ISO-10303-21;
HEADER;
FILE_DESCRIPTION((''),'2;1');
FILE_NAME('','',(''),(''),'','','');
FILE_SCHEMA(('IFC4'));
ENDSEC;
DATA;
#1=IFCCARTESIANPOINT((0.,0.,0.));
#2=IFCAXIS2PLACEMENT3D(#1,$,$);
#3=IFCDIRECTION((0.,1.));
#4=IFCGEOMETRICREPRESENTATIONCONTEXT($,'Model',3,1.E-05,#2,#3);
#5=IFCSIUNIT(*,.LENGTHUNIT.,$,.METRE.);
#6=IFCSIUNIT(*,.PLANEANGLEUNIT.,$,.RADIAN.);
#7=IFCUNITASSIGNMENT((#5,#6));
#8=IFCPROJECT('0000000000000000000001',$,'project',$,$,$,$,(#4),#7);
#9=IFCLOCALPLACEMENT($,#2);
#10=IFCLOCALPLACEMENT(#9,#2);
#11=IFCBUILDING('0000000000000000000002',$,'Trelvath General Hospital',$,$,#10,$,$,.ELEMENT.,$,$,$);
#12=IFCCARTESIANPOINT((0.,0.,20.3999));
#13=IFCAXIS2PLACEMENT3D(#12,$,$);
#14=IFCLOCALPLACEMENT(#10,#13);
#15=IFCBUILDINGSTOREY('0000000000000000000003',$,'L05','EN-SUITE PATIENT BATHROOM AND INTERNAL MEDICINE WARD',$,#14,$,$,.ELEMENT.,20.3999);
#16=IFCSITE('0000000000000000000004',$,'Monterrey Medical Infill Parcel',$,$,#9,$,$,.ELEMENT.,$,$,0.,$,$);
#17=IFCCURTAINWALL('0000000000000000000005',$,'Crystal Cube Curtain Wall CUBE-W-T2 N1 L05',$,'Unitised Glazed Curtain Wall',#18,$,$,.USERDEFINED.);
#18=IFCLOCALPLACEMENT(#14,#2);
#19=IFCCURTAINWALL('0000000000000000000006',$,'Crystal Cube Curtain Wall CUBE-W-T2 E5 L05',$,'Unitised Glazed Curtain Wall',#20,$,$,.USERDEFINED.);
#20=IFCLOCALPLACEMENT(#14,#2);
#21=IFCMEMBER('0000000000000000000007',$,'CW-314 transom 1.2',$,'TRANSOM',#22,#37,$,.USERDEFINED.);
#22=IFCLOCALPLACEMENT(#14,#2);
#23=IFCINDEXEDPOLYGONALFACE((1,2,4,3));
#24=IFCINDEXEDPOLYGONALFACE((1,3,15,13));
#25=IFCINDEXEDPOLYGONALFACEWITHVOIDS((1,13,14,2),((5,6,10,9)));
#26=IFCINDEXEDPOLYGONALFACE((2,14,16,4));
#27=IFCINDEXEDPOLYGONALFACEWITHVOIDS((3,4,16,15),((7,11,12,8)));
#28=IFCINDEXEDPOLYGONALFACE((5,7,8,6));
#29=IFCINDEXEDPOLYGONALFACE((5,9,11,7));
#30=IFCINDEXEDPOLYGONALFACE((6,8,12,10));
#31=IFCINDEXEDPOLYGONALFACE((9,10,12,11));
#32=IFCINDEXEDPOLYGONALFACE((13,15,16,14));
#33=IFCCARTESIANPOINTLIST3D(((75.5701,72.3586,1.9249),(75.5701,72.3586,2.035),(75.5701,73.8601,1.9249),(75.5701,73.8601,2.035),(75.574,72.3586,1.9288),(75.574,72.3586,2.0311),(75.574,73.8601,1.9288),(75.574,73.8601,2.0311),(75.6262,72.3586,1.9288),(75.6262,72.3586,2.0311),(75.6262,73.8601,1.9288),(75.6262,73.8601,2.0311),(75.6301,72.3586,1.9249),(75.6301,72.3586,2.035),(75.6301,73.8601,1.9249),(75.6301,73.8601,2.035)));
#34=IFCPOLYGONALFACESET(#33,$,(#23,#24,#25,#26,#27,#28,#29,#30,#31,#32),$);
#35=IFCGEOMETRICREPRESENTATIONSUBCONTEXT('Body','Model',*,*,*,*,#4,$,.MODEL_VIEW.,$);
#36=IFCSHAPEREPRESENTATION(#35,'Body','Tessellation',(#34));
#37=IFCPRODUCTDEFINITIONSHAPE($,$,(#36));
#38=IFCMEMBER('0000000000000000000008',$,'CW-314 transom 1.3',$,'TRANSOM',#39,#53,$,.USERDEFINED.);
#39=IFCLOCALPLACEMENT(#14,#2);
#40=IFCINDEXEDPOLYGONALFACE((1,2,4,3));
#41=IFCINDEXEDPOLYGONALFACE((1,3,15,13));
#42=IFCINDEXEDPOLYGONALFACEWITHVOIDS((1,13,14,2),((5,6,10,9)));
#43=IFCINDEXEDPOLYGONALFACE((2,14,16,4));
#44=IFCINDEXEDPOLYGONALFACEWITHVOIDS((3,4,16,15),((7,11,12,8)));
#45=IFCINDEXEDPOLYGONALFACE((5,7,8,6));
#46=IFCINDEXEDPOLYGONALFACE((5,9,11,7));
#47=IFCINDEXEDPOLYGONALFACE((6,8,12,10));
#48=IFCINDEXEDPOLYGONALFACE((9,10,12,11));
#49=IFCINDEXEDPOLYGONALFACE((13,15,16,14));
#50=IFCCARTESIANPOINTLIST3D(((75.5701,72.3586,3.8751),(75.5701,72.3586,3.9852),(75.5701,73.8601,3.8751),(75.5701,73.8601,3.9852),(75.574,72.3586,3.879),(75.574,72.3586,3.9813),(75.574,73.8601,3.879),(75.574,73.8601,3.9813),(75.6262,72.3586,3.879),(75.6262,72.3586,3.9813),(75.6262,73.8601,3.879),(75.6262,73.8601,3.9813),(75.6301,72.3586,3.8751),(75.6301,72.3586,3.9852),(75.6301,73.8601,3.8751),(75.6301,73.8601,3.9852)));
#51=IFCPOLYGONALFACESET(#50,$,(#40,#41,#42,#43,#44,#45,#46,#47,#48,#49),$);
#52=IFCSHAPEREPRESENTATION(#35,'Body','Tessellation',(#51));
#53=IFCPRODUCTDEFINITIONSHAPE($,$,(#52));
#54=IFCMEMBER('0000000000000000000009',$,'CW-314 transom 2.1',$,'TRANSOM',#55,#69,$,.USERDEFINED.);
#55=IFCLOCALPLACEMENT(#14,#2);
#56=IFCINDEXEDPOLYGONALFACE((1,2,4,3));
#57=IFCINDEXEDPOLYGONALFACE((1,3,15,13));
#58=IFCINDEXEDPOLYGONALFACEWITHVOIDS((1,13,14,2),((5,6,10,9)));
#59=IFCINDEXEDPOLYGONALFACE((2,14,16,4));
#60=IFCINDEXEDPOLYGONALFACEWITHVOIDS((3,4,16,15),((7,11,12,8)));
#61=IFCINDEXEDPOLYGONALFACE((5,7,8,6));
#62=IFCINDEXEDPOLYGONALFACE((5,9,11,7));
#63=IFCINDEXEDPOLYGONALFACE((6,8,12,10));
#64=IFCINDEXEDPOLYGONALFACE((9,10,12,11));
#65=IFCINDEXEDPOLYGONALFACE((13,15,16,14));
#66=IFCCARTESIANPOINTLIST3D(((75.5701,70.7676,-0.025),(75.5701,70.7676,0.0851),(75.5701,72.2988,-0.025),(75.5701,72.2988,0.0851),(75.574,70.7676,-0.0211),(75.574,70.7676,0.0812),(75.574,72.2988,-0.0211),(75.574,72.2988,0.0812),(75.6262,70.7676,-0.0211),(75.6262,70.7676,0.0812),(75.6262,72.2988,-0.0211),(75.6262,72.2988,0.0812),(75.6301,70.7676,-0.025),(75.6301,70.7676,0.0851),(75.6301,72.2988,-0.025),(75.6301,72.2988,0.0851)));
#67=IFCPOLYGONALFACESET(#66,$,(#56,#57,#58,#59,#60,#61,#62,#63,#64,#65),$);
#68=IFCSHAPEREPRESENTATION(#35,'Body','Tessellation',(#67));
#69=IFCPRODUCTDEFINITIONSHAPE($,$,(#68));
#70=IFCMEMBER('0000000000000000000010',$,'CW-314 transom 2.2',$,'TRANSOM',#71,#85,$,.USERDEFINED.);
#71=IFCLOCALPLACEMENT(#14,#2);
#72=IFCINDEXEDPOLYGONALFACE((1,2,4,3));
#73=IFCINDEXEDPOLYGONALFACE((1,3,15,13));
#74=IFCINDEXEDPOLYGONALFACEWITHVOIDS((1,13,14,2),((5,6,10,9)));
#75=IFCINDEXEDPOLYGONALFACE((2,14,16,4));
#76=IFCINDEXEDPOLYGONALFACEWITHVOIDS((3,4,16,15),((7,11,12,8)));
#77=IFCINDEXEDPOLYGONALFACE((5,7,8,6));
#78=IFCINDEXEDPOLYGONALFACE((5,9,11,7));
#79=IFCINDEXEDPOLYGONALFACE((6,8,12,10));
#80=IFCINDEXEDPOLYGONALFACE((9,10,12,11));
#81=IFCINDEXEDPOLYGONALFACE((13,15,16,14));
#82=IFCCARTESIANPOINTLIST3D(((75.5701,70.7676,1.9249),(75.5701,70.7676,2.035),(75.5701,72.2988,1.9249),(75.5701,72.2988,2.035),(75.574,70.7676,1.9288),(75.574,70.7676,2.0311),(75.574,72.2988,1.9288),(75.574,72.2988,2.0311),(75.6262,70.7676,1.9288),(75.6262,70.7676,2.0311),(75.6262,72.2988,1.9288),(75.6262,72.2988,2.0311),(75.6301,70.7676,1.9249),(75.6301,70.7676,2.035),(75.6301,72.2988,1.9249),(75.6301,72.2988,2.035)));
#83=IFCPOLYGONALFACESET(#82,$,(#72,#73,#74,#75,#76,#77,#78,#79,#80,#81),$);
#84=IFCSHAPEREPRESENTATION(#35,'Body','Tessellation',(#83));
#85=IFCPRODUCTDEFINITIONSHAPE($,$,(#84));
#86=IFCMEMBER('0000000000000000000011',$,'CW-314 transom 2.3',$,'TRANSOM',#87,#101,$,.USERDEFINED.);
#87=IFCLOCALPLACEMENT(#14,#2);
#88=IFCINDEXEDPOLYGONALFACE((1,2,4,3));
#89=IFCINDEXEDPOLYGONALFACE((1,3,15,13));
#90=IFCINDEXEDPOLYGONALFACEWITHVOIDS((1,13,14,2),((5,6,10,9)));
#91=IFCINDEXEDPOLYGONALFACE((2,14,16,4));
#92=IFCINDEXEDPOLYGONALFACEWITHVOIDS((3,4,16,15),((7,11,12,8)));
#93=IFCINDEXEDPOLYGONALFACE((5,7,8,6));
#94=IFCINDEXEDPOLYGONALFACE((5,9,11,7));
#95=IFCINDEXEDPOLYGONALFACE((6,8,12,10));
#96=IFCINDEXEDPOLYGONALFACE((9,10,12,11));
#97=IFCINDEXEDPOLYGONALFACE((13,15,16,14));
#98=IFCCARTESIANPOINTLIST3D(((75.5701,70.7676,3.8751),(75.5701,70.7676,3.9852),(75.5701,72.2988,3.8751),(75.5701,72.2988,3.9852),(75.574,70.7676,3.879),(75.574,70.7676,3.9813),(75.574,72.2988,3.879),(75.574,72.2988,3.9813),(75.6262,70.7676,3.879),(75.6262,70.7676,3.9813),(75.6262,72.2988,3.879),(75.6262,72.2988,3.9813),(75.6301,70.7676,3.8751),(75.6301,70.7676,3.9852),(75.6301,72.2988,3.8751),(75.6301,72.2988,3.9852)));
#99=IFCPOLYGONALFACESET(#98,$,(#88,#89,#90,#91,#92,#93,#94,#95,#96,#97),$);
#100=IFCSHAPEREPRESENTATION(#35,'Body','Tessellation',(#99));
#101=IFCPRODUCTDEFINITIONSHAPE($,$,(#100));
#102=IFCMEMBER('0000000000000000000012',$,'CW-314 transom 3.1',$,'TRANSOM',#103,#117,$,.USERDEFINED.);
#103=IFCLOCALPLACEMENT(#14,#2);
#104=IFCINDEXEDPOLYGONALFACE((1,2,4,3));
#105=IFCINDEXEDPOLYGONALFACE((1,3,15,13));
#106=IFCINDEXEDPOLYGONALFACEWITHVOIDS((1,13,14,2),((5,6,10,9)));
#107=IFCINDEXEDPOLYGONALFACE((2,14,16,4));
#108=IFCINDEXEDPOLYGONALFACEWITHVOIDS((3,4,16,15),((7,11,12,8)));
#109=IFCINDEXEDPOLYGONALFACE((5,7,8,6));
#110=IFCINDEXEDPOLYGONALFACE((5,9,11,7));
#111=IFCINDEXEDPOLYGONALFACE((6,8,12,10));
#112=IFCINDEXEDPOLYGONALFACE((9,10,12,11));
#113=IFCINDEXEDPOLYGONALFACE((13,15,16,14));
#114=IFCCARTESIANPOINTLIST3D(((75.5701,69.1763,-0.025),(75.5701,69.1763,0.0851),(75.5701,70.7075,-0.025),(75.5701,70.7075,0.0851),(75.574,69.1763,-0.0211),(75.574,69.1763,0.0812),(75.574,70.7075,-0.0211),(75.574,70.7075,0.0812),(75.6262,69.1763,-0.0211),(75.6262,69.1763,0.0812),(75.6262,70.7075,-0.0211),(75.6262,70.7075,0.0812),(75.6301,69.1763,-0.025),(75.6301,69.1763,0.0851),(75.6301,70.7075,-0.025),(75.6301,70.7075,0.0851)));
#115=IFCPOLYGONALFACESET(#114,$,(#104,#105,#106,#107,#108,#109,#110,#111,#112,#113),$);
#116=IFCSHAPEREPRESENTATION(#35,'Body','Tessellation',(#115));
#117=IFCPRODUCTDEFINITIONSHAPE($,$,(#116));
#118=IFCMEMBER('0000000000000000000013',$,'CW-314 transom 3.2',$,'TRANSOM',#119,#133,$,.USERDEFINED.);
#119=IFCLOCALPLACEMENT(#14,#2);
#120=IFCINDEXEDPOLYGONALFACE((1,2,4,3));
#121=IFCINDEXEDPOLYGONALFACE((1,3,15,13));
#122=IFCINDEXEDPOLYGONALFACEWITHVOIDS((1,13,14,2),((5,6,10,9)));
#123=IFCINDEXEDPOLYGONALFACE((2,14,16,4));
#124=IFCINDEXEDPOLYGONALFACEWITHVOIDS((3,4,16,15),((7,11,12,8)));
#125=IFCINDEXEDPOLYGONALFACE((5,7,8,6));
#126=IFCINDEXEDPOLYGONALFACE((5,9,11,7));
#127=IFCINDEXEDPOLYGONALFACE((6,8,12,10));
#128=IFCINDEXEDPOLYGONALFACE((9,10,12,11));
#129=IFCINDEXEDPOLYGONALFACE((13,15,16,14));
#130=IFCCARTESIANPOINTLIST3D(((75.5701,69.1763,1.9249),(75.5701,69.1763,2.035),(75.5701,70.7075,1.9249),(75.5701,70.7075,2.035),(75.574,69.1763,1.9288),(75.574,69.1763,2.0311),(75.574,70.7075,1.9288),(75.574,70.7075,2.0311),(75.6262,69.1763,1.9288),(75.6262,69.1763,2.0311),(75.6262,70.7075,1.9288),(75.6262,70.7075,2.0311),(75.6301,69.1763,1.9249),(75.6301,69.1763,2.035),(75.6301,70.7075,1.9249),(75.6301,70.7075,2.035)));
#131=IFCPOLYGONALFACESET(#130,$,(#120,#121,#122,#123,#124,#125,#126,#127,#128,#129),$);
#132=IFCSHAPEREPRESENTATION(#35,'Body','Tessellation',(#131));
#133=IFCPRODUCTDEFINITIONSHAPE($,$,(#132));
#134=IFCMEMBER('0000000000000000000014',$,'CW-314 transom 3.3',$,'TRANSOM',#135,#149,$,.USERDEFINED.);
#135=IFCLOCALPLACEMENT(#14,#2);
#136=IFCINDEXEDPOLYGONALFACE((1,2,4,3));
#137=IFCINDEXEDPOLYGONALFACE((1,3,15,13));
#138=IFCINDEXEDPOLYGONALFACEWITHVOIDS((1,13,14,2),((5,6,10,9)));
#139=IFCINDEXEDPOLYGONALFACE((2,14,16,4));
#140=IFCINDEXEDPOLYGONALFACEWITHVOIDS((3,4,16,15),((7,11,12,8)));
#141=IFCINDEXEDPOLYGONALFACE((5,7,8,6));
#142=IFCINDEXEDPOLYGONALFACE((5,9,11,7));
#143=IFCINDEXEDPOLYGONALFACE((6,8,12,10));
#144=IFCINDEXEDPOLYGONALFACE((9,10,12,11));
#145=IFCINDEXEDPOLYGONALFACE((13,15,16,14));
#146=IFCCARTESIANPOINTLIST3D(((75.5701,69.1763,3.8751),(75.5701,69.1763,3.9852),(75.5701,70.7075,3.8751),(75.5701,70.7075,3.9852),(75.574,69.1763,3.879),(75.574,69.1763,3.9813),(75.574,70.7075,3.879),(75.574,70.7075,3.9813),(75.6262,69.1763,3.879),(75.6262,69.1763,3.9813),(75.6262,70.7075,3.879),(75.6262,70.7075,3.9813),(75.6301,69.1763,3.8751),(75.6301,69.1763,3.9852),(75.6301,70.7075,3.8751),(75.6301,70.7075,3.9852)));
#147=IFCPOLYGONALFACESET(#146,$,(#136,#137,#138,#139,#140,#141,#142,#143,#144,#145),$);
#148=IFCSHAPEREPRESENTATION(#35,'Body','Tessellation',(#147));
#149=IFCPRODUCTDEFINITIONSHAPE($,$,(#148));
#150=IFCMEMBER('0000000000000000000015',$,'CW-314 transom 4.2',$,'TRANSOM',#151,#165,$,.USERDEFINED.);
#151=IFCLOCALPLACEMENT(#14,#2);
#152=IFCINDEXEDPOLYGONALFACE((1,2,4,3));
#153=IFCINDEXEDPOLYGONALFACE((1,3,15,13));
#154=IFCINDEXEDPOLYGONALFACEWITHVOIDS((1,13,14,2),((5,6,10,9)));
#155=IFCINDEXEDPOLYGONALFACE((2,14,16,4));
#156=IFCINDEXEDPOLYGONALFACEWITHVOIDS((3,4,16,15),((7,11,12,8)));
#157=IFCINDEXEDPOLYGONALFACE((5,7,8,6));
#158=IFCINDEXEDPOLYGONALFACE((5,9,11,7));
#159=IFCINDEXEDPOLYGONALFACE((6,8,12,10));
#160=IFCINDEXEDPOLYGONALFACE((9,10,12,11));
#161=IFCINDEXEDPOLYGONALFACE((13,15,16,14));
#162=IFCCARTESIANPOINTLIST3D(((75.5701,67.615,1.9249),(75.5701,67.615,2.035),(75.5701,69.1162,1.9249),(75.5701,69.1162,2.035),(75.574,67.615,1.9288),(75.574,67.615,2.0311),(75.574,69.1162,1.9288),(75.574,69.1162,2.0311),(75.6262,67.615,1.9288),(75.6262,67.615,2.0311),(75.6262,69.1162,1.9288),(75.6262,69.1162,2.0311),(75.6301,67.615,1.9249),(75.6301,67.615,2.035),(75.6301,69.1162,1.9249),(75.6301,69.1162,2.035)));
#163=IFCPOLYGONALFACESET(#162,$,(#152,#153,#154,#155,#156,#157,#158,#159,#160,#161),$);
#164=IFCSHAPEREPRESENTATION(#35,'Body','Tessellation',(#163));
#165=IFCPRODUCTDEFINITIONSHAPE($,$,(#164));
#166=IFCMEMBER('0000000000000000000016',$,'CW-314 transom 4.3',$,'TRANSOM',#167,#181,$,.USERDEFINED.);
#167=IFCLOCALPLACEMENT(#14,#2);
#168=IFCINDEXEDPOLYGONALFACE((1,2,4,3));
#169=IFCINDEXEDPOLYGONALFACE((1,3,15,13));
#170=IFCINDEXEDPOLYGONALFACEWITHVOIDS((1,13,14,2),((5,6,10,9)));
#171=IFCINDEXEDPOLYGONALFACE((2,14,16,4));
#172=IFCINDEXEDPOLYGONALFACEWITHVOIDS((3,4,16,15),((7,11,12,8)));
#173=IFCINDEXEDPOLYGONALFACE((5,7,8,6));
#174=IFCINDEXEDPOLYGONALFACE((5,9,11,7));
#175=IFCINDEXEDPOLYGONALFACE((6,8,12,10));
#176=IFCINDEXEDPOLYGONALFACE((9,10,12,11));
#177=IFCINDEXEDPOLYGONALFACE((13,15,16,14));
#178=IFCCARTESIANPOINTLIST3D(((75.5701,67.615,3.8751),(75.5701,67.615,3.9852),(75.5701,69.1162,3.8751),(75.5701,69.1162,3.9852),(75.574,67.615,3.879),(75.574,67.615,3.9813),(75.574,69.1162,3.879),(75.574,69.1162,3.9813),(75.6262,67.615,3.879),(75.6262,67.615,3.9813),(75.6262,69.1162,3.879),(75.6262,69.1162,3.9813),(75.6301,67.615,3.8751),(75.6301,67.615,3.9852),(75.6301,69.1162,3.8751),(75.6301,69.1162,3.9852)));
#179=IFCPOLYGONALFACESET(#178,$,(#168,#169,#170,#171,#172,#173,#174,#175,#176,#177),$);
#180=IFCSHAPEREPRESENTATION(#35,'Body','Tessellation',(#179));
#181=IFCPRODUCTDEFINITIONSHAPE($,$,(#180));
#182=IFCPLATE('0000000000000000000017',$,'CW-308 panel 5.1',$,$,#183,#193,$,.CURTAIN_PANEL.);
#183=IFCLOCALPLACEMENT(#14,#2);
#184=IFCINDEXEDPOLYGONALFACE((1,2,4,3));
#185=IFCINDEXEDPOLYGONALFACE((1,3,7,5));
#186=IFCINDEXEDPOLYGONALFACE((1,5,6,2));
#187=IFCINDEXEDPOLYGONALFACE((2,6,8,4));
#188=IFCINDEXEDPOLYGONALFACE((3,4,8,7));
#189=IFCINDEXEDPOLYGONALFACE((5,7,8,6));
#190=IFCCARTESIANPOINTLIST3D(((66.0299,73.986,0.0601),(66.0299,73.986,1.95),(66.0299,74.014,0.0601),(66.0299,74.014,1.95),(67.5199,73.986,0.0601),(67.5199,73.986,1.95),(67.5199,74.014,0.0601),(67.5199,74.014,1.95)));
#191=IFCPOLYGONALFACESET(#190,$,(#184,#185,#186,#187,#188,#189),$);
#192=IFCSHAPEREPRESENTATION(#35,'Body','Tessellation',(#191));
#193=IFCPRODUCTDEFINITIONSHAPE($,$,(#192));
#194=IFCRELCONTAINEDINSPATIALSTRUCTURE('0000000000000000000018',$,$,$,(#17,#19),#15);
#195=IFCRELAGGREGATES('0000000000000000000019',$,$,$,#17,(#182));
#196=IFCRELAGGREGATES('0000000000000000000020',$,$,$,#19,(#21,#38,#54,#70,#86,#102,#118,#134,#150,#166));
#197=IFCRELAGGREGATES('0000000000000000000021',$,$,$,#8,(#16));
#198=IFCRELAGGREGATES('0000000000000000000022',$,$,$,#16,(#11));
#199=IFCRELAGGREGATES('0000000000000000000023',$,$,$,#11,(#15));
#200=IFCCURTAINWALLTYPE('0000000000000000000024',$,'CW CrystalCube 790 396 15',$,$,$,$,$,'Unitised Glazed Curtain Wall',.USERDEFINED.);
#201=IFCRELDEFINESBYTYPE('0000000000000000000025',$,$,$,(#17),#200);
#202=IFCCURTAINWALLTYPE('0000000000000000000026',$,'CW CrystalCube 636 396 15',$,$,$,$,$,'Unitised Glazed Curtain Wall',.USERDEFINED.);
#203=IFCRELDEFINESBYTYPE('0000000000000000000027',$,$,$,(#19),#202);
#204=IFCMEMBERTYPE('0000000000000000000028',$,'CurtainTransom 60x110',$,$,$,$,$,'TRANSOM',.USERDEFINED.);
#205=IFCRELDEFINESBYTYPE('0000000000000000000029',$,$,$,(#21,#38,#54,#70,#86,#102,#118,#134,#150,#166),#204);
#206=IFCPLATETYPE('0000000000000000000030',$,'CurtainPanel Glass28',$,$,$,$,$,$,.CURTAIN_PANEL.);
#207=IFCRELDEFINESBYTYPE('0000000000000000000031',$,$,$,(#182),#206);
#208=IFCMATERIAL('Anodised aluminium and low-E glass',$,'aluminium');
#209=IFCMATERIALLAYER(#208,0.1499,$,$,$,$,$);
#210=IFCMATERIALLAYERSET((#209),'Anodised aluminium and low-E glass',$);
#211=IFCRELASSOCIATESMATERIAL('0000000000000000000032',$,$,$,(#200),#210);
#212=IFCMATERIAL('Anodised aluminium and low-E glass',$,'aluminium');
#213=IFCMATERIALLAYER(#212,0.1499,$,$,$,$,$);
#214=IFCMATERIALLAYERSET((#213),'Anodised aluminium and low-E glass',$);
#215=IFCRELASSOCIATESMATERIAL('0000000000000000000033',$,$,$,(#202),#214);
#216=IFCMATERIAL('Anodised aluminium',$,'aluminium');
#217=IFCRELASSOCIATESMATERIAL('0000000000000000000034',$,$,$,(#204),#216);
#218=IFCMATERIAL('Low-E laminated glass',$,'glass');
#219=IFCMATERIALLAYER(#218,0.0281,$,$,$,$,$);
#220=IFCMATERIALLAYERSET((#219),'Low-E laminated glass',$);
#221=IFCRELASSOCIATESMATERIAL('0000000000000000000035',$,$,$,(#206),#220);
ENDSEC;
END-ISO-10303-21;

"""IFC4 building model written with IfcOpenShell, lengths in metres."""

from ifc_helpers import new_model, si_unit, direction, frame, origin, origin_2d, place, context, subcontext, project, spatial, rectangle, hollow_rectangle, extrude, material, layer, layer_set, material_profile, profile_set, type_object, element, aggregate, save


model = new_model("IFC4")

# Units and contexts
model_context = context("Model", 3, precision=1e-05, world=origin(), true_north=direction((0.0, 1.0)))
body_context = subcontext(model_context, "Body", "Model", "MODEL_VIEW")
ifc_project = project(units=[si_unit("LENGTHUNIT", "METRE"), si_unit("PLANEANGLEUNIT", "RADIAN")], contexts=[model_context])

# Site, building, storey
site_placement = place(None, origin())
site = spatial("IfcSite", under=ifc_project, at=site_placement, Name="Monterrey Medical Infill Parcel", CompositionType="ELEMENT", RefElevation=0.0)
building_placement = place(site_placement, origin())
building = spatial("IfcBuilding", under=site, at=building_placement, Name="Trelvath General Hospital", CompositionType="ELEMENT")
storey_placement = place(building_placement, frame((0.0, 0.0, 20.3999)))
storey = spatial("IfcBuildingStorey", under=building, at=storey_placement, Name="L05", Description="EN-SUITE PATIENT BATHROOM AND INTERNAL MEDICINE WARD", CompositionType="ELEMENT", Elevation=20.3999)

# Curtain wall
ifc_material_1 = material(Name="Anodised aluminium and low-E glass", Category="aluminium")
ifc_layer_1 = layer(ifc_material_1, 0.1499)
ifc_layer_set_1 = layer_set([ifc_layer_1], Name="Anodised aluminium and low-E glass")
curtain_wall_type_1 = type_object("IfcCurtainWallType", Name="CW CrystalCube 790 396 15", ElementType="Unitised Glazed Curtain Wall", PredefinedType="USERDEFINED", material=ifc_layer_set_1)
curtain_wall_1_placement = place(storey_placement, origin())
curtain_wall_1 = element("IfcCurtainWall", 1, at=curtain_wall_1_placement, inside=storey, type_object=curtain_wall_type_1, Name="Crystal Cube Curtain Wall CUBE-W-T2 N1 L05", ObjectType="Unitised Glazed Curtain Wall", PredefinedType="USERDEFINED")

# Curtain wall
ifc_material_2 = material(Name="Anodised aluminium and low-E glass", Category="aluminium")
ifc_layer_2 = layer(ifc_material_2, 0.1499)
ifc_layer_set_2 = layer_set([ifc_layer_2], Name="Anodised aluminium and low-E glass")
curtain_wall_type_2 = type_object("IfcCurtainWallType", Name="CW CrystalCube 636 396 15", ElementType="Unitised Glazed Curtain Wall", PredefinedType="USERDEFINED", material=ifc_layer_set_2)
curtain_wall_2_placement = place(storey_placement, origin())
curtain_wall_2 = element("IfcCurtainWall", 2, at=curtain_wall_2_placement, inside=storey, type_object=curtain_wall_type_2, Name="Crystal Cube Curtain Wall CUBE-W-T2 E5 L05", ObjectType="Unitised Glazed Curtain Wall", PredefinedType="USERDEFINED")

# Members
ifc_material_3 = material(Name="Anodised aluminium", Category="aluminium")
ifc_material_profile_1 = material_profile(ifc_material_3, hollow_rectangle(XDim=0.0601, YDim=0.1101, WallThickness=0.0039, at=origin_2d()), Name="RHS60x110x4")
ifc_profile_set_1 = profile_set([ifc_material_profile_1], Name="Anodised aluminium")
member_type_1 = type_object("IfcMemberType", Name="CurtainTransom 60x110", ElementType="TRANSOM", PredefinedType="USERDEFINED", material=ifc_profile_set_1)
member_1_placement = place(storey_placement, frame((75.6001, 73.8601, 1.98), z_axis=(0.0, -1.0, 0.0), x_axis=(1.0, 0.0, 0.0)))
member_1 = element("IfcMember", 3, at=member_1_placement, type_object=member_type_1, Name="CW-314 transom 1.2", ObjectType="TRANSOM", PredefinedType="USERDEFINED", context=body_context, shape_type="SweptSolid", body=[
    extrude(hollow_rectangle(XDim=0.0601, YDim=0.1101, WallThickness=0.0039, at=origin_2d()), origin(), (0.0, 0.0, 1.0), 1.5015),
])
member_2_placement = place(storey_placement, frame((75.6001, 73.8601, 3.9302), z_axis=(0.0, -1.0, 0.0), x_axis=(1.0, 0.0, 0.0)))
member_2 = element("IfcMember", 4, at=member_2_placement, type_object=member_type_1, Name="CW-314 transom 1.3", ObjectType="TRANSOM", PredefinedType="USERDEFINED", context=body_context, shape_type="SweptSolid", body=[
    extrude(hollow_rectangle(XDim=0.0601, YDim=0.1101, WallThickness=0.0039, at=origin_2d()), origin(), (0.0, 0.0, 1.0), 1.5015),
])
member_3_placement = place(storey_placement, frame((75.6001, 72.2988, 0.03), z_axis=(0.0, -1.0, 0.0), x_axis=(1.0, 0.0, 0.0)))
member_3 = element("IfcMember", 5, at=member_3_placement, type_object=member_type_1, Name="CW-314 transom 2.1", ObjectType="TRANSOM", PredefinedType="USERDEFINED", context=body_context, shape_type="SweptSolid", body=[
    extrude(hollow_rectangle(XDim=0.0601, YDim=0.1101, WallThickness=0.0039, at=origin_2d()), origin(), (0.0, 0.0, 1.0), 1.5312),
])
member_4_placement = place(storey_placement, frame((75.6001, 72.2988, 1.98), z_axis=(0.0, -1.0, 0.0), x_axis=(1.0, 0.0, 0.0)))
member_4 = element("IfcMember", 6, at=member_4_placement, type_object=member_type_1, Name="CW-314 transom 2.2", ObjectType="TRANSOM", PredefinedType="USERDEFINED", context=body_context, shape_type="SweptSolid", body=[
    extrude(hollow_rectangle(XDim=0.0601, YDim=0.1101, WallThickness=0.0039, at=origin_2d()), origin(), (0.0, 0.0, 1.0), 1.5312),
])
member_5_placement = place(storey_placement, frame((75.6001, 72.2988, 3.9302), z_axis=(0.0, -1.0, 0.0), x_axis=(1.0, 0.0, 0.0)))
member_5 = element("IfcMember", 7, at=member_5_placement, type_object=member_type_1, Name="CW-314 transom 2.3", ObjectType="TRANSOM", PredefinedType="USERDEFINED", context=body_context, shape_type="SweptSolid", body=[
    extrude(hollow_rectangle(XDim=0.0601, YDim=0.1101, WallThickness=0.0039, at=origin_2d()), origin(), (0.0, 0.0, 1.0), 1.5312),
])
member_6_placement = place(storey_placement, frame((75.6001, 70.7075, 0.03), z_axis=(0.0, -1.0, 0.0), x_axis=(1.0, 0.0, 0.0)))
member_6 = element("IfcMember", 8, at=member_6_placement, type_object=member_type_1, Name="CW-314 transom 3.1", ObjectType="TRANSOM", PredefinedType="USERDEFINED", context=body_context, shape_type="SweptSolid", body=[
    extrude(hollow_rectangle(XDim=0.0601, YDim=0.1101, WallThickness=0.0039, at=origin_2d()), origin(), (0.0, 0.0, 1.0), 1.5312),
])
member_7_placement = place(storey_placement, frame((75.6001, 70.7075, 1.98), z_axis=(0.0, -1.0, 0.0), x_axis=(1.0, 0.0, 0.0)))
member_7 = element("IfcMember", 9, at=member_7_placement, type_object=member_type_1, Name="CW-314 transom 3.2", ObjectType="TRANSOM", PredefinedType="USERDEFINED", context=body_context, shape_type="SweptSolid", body=[
    extrude(hollow_rectangle(XDim=0.0601, YDim=0.1101, WallThickness=0.0039, at=origin_2d()), origin(), (0.0, 0.0, 1.0), 1.5312),
])
member_8_placement = place(storey_placement, frame((75.6001, 70.7075, 3.9302), z_axis=(0.0, -1.0, 0.0), x_axis=(1.0, 0.0, 0.0)))
member_8 = element("IfcMember", 10, at=member_8_placement, type_object=member_type_1, Name="CW-314 transom 3.3", ObjectType="TRANSOM", PredefinedType="USERDEFINED", context=body_context, shape_type="SweptSolid", body=[
    extrude(hollow_rectangle(XDim=0.0601, YDim=0.1101, WallThickness=0.0039, at=origin_2d()), origin(), (0.0, 0.0, 1.0), 1.5312),
])
member_9_placement = place(storey_placement, frame((75.6001, 69.1162, 1.98), z_axis=(0.0, -1.0, 0.0), x_axis=(1.0, 0.0, 0.0)))
member_9 = element("IfcMember", 11, at=member_9_placement, type_object=member_type_1, Name="CW-314 transom 4.2", ObjectType="TRANSOM", PredefinedType="USERDEFINED", context=body_context, shape_type="SweptSolid", body=[
    extrude(hollow_rectangle(XDim=0.0601, YDim=0.1101, WallThickness=0.0039, at=origin_2d()), origin(), (0.0, 0.0, 1.0), 1.5012),
])
member_10_placement = place(storey_placement, frame((75.6001, 69.1162, 3.9302), z_axis=(0.0, -1.0, 0.0), x_axis=(1.0, 0.0, 0.0)))
member_10 = element("IfcMember", 12, at=member_10_placement, type_object=member_type_1, Name="CW-314 transom 4.3", ObjectType="TRANSOM", PredefinedType="USERDEFINED", context=body_context, shape_type="SweptSolid", body=[
    extrude(hollow_rectangle(XDim=0.0601, YDim=0.1101, WallThickness=0.0039, at=origin_2d()), origin(), (0.0, 0.0, 1.0), 1.5012),
])

# Plate
ifc_material_4 = material(Name="Low-E laminated glass", Category="glass")
ifc_layer_3 = layer(ifc_material_4, 0.0281)
ifc_layer_set_3 = layer_set([ifc_layer_3], Name="Low-E laminated glass")
plate_type = type_object("IfcPlateType", Name="CurtainPanel Glass28", PredefinedType="CURTAIN_PANEL", material=ifc_layer_set_3)
plate_1_placement = place(storey_placement, frame((66.7749, 74.0, 0.0601), z_axis=(0.0, 0.0, 1.0), x_axis=(1.0, 0.0, 0.0)))
plate_1 = element("IfcPlate", 13, at=plate_1_placement, type_object=plate_type, Name="CW-308 panel 5.1", PredefinedType="CURTAIN_PANEL", context=body_context, shape_type="SweptSolid", body=[
    extrude(rectangle(XDim=1.49, YDim=0.0281, at=origin_2d()), origin(), (0.0, 0.0, 1.0), 1.8899),
])
aggregate(curtain_wall_1, [plate_1])
aggregate(curtain_wall_2, [member_1, member_2, member_3, member_4, member_5, member_6, member_7, member_8, member_9, member_10])

save(model, "model.ifc")
